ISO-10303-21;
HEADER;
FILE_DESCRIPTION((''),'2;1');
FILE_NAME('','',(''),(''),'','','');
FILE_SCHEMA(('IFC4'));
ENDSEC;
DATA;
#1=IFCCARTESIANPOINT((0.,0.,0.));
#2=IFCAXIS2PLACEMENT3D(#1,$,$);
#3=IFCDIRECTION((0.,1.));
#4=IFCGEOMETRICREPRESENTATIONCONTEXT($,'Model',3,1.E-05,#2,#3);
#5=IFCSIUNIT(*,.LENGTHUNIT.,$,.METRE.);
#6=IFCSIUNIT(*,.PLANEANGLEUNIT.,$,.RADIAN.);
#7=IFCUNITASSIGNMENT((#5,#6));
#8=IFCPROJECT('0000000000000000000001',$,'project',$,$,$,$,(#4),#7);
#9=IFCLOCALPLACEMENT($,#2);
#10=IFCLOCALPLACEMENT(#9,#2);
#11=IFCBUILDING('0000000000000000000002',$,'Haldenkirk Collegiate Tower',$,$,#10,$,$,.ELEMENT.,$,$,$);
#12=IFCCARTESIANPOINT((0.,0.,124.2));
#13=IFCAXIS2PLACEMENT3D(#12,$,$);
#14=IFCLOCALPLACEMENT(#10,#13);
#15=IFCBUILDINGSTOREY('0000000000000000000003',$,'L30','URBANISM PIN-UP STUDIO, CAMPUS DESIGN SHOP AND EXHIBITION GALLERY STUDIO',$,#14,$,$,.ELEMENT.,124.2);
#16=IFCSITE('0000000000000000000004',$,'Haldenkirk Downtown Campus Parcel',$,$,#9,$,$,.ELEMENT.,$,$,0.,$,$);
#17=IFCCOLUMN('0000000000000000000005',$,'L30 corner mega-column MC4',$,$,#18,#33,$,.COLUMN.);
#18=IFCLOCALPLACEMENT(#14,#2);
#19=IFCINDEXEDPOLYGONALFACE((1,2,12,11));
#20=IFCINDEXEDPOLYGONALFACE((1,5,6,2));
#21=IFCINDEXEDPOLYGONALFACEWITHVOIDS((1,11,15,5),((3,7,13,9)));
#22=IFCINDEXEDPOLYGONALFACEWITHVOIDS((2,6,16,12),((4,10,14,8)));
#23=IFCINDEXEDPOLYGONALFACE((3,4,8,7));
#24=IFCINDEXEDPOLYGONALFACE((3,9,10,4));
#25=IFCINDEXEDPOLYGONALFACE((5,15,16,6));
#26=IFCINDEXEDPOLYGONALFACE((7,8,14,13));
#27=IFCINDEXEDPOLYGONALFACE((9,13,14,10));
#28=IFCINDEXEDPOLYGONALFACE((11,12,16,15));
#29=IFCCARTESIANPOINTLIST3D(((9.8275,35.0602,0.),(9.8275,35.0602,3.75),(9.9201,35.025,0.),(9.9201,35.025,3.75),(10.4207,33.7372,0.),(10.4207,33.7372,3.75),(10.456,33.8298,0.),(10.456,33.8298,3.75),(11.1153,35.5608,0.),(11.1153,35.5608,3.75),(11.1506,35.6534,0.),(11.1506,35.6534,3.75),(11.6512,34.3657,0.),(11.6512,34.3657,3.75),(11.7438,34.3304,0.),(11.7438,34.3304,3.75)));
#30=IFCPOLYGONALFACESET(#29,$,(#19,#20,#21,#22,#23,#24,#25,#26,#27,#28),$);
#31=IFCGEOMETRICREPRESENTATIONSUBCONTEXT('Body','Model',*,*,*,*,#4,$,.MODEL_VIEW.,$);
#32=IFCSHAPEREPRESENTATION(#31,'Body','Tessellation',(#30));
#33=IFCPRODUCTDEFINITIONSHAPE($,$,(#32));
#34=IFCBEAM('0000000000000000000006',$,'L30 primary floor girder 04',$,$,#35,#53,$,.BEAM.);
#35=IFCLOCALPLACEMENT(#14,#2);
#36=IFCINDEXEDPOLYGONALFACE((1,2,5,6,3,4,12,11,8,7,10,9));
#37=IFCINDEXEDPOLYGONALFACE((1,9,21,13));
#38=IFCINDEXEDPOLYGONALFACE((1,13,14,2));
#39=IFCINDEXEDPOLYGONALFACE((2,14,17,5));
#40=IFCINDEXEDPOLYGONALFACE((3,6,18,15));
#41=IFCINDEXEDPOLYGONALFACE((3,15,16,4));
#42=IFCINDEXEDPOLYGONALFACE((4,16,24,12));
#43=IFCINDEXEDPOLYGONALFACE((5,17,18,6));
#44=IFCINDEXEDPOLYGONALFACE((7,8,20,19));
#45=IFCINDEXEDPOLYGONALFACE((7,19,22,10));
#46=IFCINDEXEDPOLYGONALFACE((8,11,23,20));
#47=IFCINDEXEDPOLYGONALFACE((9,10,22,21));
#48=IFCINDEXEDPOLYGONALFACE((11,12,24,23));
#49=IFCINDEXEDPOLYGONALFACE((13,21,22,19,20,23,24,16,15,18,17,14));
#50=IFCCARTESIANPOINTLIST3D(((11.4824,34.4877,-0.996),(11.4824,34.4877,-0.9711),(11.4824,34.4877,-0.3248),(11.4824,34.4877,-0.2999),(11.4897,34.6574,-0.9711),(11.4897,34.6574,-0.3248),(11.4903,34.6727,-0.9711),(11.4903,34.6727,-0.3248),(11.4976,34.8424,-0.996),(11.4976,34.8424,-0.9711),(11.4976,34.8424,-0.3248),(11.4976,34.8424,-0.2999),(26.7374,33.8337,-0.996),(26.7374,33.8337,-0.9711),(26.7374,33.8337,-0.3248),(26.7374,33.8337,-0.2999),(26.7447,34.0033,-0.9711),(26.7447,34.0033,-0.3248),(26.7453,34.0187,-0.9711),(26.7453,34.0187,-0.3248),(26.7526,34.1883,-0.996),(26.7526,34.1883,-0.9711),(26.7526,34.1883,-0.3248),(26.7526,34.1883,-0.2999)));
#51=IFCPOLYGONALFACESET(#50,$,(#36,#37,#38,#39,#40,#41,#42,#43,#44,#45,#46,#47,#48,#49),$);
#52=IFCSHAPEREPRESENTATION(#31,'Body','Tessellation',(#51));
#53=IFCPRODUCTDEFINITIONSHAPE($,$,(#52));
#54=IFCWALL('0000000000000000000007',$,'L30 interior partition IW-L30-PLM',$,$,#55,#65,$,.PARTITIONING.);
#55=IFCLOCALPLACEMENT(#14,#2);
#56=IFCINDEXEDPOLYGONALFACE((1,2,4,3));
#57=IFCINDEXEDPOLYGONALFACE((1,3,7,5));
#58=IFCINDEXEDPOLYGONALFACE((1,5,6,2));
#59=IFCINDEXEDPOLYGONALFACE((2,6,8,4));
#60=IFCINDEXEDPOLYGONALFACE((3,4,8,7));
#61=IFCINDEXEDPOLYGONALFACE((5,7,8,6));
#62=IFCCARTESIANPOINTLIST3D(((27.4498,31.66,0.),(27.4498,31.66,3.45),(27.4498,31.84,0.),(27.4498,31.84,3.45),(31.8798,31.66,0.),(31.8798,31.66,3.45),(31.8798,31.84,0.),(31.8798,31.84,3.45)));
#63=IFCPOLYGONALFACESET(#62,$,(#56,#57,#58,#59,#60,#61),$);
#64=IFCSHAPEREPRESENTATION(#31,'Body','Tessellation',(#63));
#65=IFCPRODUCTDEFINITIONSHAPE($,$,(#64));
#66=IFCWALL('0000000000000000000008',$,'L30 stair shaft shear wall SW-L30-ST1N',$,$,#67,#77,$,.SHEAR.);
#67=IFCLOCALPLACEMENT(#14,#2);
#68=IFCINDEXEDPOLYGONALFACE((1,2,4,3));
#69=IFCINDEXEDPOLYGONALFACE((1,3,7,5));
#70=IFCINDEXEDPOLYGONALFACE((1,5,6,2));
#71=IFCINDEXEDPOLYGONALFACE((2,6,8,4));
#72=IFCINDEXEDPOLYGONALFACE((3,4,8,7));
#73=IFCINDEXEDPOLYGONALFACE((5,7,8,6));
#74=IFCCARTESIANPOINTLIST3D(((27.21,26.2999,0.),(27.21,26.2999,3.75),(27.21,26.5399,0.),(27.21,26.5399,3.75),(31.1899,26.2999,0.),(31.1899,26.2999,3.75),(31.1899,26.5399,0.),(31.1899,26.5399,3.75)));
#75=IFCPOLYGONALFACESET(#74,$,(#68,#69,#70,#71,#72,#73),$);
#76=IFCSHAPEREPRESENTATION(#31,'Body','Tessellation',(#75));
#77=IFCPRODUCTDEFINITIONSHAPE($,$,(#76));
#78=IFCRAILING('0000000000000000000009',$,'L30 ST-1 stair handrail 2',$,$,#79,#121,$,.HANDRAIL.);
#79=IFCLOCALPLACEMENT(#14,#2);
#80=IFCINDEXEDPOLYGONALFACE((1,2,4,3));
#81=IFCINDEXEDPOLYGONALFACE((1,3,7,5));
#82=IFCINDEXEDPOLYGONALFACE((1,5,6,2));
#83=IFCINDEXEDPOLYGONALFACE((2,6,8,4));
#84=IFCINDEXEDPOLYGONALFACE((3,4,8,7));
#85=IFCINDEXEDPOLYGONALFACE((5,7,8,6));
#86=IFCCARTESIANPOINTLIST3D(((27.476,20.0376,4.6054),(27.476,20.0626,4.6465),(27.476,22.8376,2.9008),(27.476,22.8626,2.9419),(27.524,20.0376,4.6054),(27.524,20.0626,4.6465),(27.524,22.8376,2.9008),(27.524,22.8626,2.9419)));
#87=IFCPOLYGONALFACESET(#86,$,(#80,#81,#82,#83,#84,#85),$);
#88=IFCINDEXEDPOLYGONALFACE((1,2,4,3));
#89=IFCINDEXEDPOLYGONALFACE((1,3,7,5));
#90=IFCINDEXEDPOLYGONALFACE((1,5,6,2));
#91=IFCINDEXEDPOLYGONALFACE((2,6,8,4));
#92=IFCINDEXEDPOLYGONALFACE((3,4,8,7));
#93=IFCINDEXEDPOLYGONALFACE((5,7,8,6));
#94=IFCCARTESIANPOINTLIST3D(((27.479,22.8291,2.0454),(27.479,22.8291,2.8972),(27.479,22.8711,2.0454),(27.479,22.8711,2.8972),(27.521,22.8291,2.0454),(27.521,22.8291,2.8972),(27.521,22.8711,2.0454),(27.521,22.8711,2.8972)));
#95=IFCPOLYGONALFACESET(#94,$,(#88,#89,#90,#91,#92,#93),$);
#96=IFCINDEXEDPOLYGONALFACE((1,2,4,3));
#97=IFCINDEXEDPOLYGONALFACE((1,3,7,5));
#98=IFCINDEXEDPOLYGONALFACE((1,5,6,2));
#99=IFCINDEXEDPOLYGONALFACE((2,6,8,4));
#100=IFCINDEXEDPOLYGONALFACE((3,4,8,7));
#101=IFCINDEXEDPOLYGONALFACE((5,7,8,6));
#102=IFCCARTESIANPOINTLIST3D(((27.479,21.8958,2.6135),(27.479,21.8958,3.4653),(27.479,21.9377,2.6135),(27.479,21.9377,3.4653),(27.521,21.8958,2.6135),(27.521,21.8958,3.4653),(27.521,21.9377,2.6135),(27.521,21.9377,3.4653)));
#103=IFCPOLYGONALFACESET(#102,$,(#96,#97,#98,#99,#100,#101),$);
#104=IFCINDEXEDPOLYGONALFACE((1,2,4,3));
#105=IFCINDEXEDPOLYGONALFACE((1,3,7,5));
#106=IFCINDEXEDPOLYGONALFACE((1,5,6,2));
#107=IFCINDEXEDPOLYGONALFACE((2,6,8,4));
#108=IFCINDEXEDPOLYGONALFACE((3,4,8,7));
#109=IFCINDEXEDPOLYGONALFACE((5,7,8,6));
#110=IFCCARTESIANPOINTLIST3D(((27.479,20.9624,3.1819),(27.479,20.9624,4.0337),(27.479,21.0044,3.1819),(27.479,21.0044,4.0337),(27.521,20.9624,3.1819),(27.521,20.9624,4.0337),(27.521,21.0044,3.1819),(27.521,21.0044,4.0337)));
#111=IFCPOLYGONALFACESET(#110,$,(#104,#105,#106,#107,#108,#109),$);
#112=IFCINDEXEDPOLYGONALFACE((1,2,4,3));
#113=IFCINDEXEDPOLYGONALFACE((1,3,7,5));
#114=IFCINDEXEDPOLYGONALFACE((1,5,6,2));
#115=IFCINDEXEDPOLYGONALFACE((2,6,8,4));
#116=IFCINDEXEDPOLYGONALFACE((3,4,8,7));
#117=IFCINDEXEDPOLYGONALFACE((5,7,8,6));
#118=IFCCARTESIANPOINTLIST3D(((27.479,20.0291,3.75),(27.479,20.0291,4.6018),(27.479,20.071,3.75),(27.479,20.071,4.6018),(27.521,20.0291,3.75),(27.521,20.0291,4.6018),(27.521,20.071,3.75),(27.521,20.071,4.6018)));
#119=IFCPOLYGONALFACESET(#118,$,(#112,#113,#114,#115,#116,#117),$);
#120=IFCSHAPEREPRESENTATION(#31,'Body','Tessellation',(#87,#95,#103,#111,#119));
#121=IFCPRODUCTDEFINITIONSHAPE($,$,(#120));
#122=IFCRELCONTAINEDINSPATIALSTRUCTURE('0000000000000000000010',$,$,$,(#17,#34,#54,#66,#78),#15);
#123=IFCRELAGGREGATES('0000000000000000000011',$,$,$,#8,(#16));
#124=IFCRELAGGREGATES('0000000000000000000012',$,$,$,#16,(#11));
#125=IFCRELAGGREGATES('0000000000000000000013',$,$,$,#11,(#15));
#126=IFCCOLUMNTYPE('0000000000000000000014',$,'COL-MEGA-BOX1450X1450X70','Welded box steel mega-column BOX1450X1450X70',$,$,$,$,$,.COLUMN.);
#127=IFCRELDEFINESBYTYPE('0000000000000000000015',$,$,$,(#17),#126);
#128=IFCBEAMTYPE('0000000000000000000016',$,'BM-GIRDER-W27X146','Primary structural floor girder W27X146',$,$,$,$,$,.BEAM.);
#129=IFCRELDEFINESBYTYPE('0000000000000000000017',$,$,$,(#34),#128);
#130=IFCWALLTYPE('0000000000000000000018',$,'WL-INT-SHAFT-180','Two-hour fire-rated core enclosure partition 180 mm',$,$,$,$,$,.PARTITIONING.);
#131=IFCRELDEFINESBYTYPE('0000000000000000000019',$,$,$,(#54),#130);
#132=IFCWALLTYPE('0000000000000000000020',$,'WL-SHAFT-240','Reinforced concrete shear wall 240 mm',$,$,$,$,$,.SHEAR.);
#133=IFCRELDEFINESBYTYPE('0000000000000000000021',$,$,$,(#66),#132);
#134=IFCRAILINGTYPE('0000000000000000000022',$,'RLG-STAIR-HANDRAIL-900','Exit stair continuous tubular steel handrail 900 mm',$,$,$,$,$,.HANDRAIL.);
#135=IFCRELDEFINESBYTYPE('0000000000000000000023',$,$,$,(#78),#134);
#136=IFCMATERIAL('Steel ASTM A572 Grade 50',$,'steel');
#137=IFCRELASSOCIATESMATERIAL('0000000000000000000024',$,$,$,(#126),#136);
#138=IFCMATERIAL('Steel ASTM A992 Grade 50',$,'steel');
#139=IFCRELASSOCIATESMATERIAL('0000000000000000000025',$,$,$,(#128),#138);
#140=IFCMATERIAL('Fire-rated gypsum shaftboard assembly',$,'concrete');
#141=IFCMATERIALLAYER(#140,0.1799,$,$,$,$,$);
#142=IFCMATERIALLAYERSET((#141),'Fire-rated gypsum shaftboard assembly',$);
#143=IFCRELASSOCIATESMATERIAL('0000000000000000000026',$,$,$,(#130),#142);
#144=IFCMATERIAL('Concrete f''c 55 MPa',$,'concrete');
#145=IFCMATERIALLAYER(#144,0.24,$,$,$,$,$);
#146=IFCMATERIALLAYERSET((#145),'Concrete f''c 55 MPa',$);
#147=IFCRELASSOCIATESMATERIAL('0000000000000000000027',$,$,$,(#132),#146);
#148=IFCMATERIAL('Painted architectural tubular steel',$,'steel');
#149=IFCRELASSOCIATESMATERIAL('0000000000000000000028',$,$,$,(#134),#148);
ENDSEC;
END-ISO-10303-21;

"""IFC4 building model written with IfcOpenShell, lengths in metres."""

from ifc_helpers import new_model, si_unit, direction, frame, frame_2d, origin, origin_2d, place, context, subcontext, project, spatial, rectangle, hollow_rectangle, i_section, extrude, material, layer, layer_set, material_profile, profile_set, type_object, element, save


model = new_model("IFC4")

# Units and contexts
model_context = context("Model", 3, precision=1e-05, world=origin(), true_north=direction((0.0, 1.0)))
body_context = subcontext(model_context, "Body", "Model", "MODEL_VIEW")
ifc_project = project(units=[si_unit("LENGTHUNIT", "METRE"), si_unit("PLANEANGLEUNIT", "RADIAN")], contexts=[model_context])

# Site, building, storey
site_placement = place(None, origin())
site = spatial("IfcSite", under=ifc_project, at=site_placement, Name="Haldenkirk Downtown Campus Parcel", CompositionType="ELEMENT", RefElevation=0.0)
building_placement = place(site_placement, origin())
building = spatial("IfcBuilding", under=site, at=building_placement, Name="Haldenkirk Collegiate Tower", CompositionType="ELEMENT")
storey_placement = place(building_placement, frame((0.0, 0.0, 124.2)))
storey = spatial("IfcBuildingStorey", under=building, at=storey_placement, Name="L30", Description="URBANISM PIN-UP STUDIO, CAMPUS DESIGN SHOP AND EXHIBITION GALLERY STUDIO", CompositionType="ELEMENT", Elevation=124.2)

# Column
ifc_material_1 = material(Name="Steel ASTM A572 Grade 50", Category="steel")
ifc_material_profile_1 = material_profile(ifc_material_1, hollow_rectangle(XDim=1.45, YDim=1.45, WallThickness=0.0701, at=origin_2d()), Name="BOX1450X1450X70")
ifc_profile_set_1 = profile_set([ifc_material_profile_1], Name="Steel ASTM A572 Grade 50")
column_type = type_object("IfcColumnType", Name="COL-MEGA-BOX1450X1450X70", Description="Welded box steel mega-column BOX1450X1450X70", PredefinedType="COLUMN", material=ifc_profile_set_1)
column_placement = place(storey_placement, frame((10.7856, 34.6953, 0.0), z_axis=(0.0, 0.0, 1.0), x_axis=(0.912477, 0.409127, 0.0)))
element("IfcColumn", 1, at=column_placement, inside=storey, type_object=column_type, Name="L30 corner mega-column MC4", PredefinedType="COLUMN", context=body_context, shape_type="SweptSolid", body=[
    extrude(hollow_rectangle(XDim=1.45, YDim=1.45, WallThickness=0.0701, at=origin_2d()), origin(), (0.0, 0.0, 1.0), 3.75),
])

# Beam
ifc_material_2 = material(Name="Steel ASTM A992 Grade 50", Category="steel")
ifc_material_profile_2 = material_profile(ifc_material_2, i_section(OverallWidth=0.355, OverallDepth=0.696, WebThickness=0.0154, FlangeThickness=0.0249, at=origin_2d()), Name="W27X146")
ifc_profile_set_2 = profile_set([ifc_material_profile_2], Name="Steel ASTM A992 Grade 50")
beam_type = type_object("IfcBeamType", Name="BM-GIRDER-W27X146", Description="Primary structural floor girder W27X146", PredefinedType="BEAM", material=ifc_profile_set_2)
beam_placement = place(storey_placement, frame((11.49, 34.665, -0.6479), z_axis=(0.999082, -0.042835, 0.0), x_axis=(0.042835, 0.999082, 0.0)))
element("IfcBeam", 2, at=beam_placement, inside=storey, type_object=beam_type, Name="L30 primary floor girder 04", PredefinedType="BEAM", context=body_context, shape_type="SweptSolid", body=[
    extrude(i_section(OverallWidth=0.355, OverallDepth=0.696, WebThickness=0.0154, FlangeThickness=0.0249, at=origin_2d()), origin(), (0.0, 0.0, 1.0), 15.269),
])

# Shared definitions
ifc_material_3 = material(Name="Fire-rated gypsum shaftboard assembly", Category="concrete")
ifc_layer_1 = layer(ifc_material_3, 0.1799)
ifc_layer_set_1 = layer_set([ifc_layer_1], Name="Fire-rated gypsum shaftboard assembly")
wall_type_1 = type_object("IfcWallType", Name="WL-INT-SHAFT-180", Description="Two-hour fire-rated core enclosure partition 180 mm", PredefinedType="PARTITIONING", material=ifc_layer_set_1)

# Walls
wall_1_placement = place(storey_placement, frame((27.45, 31.75, 0.0), z_axis=(0.0, 0.0, 1.0), x_axis=(1.0, 0.0, 0.0)))
element("IfcWall", 3, at=wall_1_placement, inside=storey, type_object=wall_type_1, Name="L30 interior partition IW-L30-PLM", PredefinedType="PARTITIONING", context=body_context, shape_type="SweptSolid", body=[
    extrude(rectangle(XDim=4.4299, YDim=0.1799, at=frame_2d((2.2148, 0.0))), origin(), (0.0, 0.0, 1.0), 3.45),
])
ifc_material_4 = material(Name="Concrete f'c 55 MPa", Category="concrete")
ifc_layer_2 = layer(ifc_material_4, 0.24)
ifc_layer_set_2 = layer_set([ifc_layer_2], Name="Concrete f'c 55 MPa")
wall_type_2 = type_object("IfcWallType", Name="WL-SHAFT-240", Description="Reinforced concrete shear wall 240 mm", PredefinedType="SHEAR", material=ifc_layer_set_2)
wall_2_placement = place(storey_placement, frame((27.21, 26.4199, 0.0), z_axis=(0.0, 0.0, 1.0), x_axis=(1.0, 0.0, 0.0)))
element("IfcWall", 4, at=wall_2_placement, inside=storey, type_object=wall_type_2, Name="L30 stair shaft shear wall SW-L30-ST1N", PredefinedType="SHEAR", context=body_context, shape_type="SweptSolid", body=[
    extrude(rectangle(XDim=3.98, YDim=0.24, at=frame_2d((1.99, 0.0))), origin(), (0.0, 0.0, 1.0), 3.75),
])

# Railing
ifc_material_5 = material(Name="Painted architectural tubular steel", Category="steel")
railing_type = type_object("IfcRailingType", Name="RLG-STAIR-HANDRAIL-900", Description="Exit stair continuous tubular steel handrail 900 mm", PredefinedType="HANDRAIL", material=ifc_material_5)
railing_placement = place(storey_placement, frame((27.5, 22.8501, 2.0454)))
element("IfcRailing", 5, at=railing_placement, inside=storey, type_object=railing_type, Name="L30 ST-1 stair handrail 2", PredefinedType="HANDRAIL", context=body_context, shape_type="SweptSolid", body=[
    extrude(rectangle(XDim=0.0481, YDim=0.0481, at=origin_2d()), frame((0.0, 0.0, 0.876), z_axis=(0.0, -0.85417, 0.519994), x_axis=(1.0, 0.0, 0.0)), (0.0, 0.0, 1.0), 3.2781),
    extrude(rectangle(XDim=0.042, YDim=0.042, at=origin_2d()), origin(), (0.0, 0.0, 1.0), 0.8518),
    extrude(rectangle(XDim=0.042, YDim=0.042, at=origin_2d()), frame((0.0, -0.9333, 0.5681)), (0.0, 0.0, 1.0), 0.8518),
    extrude(rectangle(XDim=0.042, YDim=0.042, at=origin_2d()), frame((0.0, -1.8667, 1.1365)), (0.0, 0.0, 1.0), 0.8518),
    extrude(rectangle(XDim=0.042, YDim=0.042, at=origin_2d()), frame((0.0, -2.8, 1.7046)), (0.0, 0.0, 1.0), 0.8518),
])

save(model, "model.ifc")
